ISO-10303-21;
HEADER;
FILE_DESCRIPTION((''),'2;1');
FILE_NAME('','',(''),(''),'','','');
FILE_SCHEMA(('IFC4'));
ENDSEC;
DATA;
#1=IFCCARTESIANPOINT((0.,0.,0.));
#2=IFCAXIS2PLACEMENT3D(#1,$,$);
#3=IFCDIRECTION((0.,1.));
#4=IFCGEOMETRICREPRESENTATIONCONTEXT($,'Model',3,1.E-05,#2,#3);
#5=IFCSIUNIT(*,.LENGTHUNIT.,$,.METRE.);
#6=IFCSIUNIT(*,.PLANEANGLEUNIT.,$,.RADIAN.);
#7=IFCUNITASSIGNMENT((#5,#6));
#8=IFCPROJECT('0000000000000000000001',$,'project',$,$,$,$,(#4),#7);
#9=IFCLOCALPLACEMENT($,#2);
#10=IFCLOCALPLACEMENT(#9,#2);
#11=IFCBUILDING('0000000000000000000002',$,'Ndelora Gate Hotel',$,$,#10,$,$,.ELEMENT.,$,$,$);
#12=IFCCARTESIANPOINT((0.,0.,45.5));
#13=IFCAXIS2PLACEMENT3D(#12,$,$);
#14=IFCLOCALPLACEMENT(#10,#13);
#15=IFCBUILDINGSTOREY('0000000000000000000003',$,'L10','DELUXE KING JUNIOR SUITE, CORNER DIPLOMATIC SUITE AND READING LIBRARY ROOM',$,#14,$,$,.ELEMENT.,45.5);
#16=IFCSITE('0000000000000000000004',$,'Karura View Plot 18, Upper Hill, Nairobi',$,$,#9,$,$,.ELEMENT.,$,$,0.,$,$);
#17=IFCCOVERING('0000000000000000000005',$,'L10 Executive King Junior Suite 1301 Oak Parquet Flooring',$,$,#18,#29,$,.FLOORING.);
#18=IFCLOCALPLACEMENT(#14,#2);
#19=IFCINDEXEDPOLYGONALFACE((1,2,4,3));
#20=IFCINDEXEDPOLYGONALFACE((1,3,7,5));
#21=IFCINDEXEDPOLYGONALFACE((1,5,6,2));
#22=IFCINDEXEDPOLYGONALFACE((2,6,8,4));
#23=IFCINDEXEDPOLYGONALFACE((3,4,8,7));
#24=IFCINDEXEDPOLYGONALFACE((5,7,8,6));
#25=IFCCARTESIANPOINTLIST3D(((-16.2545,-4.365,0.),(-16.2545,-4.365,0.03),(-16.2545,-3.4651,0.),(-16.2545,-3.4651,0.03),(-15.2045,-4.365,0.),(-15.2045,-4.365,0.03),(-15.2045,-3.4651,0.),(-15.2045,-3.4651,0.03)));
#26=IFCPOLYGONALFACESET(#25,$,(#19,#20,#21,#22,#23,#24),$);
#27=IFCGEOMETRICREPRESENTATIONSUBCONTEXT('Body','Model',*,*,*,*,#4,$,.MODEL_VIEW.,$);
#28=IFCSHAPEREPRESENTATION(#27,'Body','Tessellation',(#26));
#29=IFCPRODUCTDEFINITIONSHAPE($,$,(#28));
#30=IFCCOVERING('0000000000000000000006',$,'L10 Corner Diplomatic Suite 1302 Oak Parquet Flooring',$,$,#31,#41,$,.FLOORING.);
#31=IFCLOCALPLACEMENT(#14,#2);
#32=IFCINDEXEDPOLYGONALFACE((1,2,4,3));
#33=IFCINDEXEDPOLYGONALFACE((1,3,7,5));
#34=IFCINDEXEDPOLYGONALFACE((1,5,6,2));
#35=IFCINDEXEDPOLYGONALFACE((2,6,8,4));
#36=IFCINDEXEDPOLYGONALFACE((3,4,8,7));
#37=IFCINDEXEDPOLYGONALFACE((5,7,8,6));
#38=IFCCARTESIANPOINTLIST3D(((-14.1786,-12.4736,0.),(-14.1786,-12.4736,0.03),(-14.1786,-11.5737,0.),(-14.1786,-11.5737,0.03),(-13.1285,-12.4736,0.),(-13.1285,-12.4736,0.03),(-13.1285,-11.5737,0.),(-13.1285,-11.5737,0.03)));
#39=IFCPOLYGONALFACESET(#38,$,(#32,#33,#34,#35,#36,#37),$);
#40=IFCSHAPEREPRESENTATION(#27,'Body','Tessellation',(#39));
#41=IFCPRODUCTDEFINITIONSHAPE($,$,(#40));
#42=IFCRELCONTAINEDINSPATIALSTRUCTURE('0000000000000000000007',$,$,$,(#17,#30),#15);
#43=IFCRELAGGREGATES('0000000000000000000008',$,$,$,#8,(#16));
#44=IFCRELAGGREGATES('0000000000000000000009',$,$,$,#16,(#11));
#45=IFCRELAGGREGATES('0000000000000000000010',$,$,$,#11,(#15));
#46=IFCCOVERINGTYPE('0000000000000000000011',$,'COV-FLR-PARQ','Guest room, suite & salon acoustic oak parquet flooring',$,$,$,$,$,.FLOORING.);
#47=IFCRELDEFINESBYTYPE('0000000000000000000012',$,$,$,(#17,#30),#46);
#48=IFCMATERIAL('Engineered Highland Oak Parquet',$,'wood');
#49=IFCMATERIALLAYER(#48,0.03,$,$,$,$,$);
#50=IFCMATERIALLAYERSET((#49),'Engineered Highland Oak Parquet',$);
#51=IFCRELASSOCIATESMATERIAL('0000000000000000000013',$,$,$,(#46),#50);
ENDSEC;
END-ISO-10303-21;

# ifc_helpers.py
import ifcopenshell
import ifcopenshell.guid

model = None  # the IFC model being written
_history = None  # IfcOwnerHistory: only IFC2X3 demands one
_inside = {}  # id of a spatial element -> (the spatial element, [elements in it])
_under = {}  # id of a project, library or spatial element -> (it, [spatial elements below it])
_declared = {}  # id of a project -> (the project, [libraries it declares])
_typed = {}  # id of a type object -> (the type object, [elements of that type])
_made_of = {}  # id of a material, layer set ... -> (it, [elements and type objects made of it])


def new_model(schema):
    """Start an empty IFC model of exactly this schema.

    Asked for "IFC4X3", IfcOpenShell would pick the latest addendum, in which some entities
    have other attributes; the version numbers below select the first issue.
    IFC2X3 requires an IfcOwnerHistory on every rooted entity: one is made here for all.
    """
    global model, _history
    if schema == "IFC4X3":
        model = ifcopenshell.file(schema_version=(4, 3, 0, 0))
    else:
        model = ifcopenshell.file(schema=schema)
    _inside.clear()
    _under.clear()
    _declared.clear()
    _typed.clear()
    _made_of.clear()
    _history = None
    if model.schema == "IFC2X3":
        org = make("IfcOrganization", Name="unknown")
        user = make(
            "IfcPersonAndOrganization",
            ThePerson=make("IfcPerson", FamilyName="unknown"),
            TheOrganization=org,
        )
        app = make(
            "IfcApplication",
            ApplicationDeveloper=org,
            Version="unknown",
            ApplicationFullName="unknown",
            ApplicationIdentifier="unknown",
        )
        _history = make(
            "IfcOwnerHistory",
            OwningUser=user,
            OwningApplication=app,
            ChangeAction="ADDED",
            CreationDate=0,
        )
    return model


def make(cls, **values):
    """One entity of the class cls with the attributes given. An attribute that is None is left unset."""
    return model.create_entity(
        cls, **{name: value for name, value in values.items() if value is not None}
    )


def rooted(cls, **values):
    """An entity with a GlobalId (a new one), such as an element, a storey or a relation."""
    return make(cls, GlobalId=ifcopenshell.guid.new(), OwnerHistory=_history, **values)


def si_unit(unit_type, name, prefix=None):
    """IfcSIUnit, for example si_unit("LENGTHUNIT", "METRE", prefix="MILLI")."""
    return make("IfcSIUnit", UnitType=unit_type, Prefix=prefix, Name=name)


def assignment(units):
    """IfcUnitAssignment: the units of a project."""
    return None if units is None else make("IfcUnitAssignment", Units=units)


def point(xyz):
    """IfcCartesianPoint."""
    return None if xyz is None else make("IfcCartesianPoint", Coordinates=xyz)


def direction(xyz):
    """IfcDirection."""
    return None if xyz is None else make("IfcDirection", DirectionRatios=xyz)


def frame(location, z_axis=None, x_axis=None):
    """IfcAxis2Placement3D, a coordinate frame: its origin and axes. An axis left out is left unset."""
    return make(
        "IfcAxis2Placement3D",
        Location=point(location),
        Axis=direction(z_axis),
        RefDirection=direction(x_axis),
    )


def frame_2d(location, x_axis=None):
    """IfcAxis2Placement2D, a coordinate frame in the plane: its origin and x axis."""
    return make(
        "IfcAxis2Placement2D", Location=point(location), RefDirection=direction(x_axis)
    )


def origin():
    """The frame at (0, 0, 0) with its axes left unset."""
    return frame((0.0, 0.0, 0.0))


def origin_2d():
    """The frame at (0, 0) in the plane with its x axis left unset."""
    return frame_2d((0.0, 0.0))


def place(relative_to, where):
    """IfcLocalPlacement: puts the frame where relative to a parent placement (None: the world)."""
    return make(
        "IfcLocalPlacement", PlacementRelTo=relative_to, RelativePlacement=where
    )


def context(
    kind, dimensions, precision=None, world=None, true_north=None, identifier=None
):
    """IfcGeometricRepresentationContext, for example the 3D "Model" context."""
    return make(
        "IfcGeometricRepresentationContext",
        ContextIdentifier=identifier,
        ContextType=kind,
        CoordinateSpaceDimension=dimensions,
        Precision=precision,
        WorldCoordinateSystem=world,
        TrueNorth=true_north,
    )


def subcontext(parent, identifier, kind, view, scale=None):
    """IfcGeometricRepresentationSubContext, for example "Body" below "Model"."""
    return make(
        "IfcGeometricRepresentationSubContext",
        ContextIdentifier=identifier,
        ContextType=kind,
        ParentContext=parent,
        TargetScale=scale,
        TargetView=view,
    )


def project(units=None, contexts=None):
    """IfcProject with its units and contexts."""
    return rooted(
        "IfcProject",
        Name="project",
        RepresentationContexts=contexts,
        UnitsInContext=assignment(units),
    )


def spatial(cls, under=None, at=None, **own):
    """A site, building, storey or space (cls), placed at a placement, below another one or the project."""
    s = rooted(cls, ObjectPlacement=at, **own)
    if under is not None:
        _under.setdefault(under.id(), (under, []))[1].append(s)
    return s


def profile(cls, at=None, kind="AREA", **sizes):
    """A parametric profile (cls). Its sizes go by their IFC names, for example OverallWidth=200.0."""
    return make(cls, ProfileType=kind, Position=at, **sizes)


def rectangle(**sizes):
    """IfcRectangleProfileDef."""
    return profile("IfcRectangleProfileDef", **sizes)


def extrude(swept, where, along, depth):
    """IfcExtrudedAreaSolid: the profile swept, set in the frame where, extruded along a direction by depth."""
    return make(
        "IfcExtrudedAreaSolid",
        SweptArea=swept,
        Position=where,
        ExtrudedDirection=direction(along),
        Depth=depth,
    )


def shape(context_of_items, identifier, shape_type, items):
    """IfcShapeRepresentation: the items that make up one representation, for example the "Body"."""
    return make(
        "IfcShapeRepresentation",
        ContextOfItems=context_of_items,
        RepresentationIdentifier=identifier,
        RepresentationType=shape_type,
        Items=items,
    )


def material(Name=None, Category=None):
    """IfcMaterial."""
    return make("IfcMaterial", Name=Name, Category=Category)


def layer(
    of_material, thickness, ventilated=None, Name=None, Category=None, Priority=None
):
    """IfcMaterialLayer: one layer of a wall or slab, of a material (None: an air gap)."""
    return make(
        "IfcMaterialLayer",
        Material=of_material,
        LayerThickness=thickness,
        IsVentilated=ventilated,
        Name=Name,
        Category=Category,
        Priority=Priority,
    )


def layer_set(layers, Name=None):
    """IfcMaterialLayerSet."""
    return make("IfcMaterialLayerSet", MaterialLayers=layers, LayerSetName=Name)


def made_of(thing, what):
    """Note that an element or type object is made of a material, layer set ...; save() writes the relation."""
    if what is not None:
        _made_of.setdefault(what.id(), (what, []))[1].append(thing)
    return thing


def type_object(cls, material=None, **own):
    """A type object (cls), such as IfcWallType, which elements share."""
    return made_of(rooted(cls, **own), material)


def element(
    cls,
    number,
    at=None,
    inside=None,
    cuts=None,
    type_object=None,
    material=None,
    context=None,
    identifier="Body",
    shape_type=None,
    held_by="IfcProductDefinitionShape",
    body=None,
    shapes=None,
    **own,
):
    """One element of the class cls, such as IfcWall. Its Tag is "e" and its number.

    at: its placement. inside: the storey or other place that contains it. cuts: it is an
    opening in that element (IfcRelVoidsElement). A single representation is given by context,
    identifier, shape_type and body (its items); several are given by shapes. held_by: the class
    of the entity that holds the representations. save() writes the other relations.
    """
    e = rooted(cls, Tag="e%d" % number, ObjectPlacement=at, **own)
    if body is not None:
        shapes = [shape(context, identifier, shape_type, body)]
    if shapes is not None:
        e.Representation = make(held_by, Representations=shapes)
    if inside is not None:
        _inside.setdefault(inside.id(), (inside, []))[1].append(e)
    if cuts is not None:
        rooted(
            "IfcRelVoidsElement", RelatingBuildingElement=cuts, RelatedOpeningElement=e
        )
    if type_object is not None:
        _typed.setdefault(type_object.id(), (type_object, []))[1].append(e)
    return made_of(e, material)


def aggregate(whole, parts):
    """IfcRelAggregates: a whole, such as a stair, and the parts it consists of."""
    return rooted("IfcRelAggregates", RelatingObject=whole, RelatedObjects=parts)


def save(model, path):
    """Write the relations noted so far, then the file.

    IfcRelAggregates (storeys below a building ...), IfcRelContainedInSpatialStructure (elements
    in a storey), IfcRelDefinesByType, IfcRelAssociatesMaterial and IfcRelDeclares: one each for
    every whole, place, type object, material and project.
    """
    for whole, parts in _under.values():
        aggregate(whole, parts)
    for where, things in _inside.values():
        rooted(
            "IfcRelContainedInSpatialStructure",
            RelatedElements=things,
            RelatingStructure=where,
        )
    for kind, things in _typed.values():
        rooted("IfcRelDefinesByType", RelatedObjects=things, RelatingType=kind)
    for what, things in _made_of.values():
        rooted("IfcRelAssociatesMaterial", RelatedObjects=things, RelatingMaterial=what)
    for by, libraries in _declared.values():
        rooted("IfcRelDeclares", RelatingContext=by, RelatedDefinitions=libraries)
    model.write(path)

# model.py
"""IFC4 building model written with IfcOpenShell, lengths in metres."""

from ifc_helpers import new_model, si_unit, direction, frame, origin, origin_2d, place, context, subcontext, project, spatial, rectangle, extrude, material, layer, layer_set, type_object, element, save


model = new_model("IFC4")

# Units and contexts
model_context = context("Model", 3, precision=1e-05, world=origin(), true_north=direction((0.0, 1.0)))
body_context = subcontext(model_context, "Body", "Model", "MODEL_VIEW")
ifc_project = project(units=[si_unit("LENGTHUNIT", "METRE"), si_unit("PLANEANGLEUNIT", "RADIAN")], contexts=[model_context])

# Site, building, storey
site_placement = place(None, origin())
site = spatial("IfcSite", under=ifc_project, at=site_placement, Name="Karura View Plot 18, Upper Hill, Nairobi", CompositionType="ELEMENT", RefElevation=0.0)
building_placement = place(site_placement, origin())
building = spatial("IfcBuilding", under=site, at=building_placement, Name="Ndelora Gate Hotel", CompositionType="ELEMENT")
storey_placement = place(building_placement, frame((0.0, 0.0, 45.5)))
storey = spatial("IfcBuildingStorey", under=building, at=storey_placement, Name="L10", Description="DELUXE KING JUNIOR SUITE, CORNER DIPLOMATIC SUITE AND READING LIBRARY ROOM", CompositionType="ELEMENT", Elevation=45.5)

# Coverings
ifc_material_1 = material(Name="Engineered Highland Oak Parquet", Category="wood")
ifc_layer_1 = layer(ifc_material_1, 0.03)
ifc_layer_set_1 = layer_set([ifc_layer_1], Name="Engineered Highland Oak Parquet")
covering_type_1 = type_object("IfcCoveringType", Name="COV-FLR-PARQ", Description="Guest room, suite & salon acoustic oak parquet flooring", PredefinedType="FLOORING", material=ifc_layer_set_1)
for number, where, z_axis, x_axis, name in (
    (1, (-15.7295, -3.915, 0.0), (0.0, 0.0, 1.0), (1.0, 0.0, 0.0), "L10 Executive King Junior Suite 1301 Oak Parquet Flooring"),
    (2, (-13.6536, -12.0237, 0.0), (0.0, 0.0, 1.0), (1.0, 0.0, 0.0), "L10 Corner Diplomatic Suite 1302 Oak Parquet Flooring"),
):
    element("IfcCovering", number, at=place(storey_placement, frame(where, z_axis=z_axis, x_axis=x_axis)), inside=storey, type_object=covering_type_1, Name=name, PredefinedType="FLOORING", context=body_context, shape_type="SweptSolid", body=[
        extrude(rectangle(XDim=1.05, YDim=0.8999, at=origin_2d()), origin(), (0.0, 0.0, 1.0), 0.03),
    ])

save(model, "model.ifc")
